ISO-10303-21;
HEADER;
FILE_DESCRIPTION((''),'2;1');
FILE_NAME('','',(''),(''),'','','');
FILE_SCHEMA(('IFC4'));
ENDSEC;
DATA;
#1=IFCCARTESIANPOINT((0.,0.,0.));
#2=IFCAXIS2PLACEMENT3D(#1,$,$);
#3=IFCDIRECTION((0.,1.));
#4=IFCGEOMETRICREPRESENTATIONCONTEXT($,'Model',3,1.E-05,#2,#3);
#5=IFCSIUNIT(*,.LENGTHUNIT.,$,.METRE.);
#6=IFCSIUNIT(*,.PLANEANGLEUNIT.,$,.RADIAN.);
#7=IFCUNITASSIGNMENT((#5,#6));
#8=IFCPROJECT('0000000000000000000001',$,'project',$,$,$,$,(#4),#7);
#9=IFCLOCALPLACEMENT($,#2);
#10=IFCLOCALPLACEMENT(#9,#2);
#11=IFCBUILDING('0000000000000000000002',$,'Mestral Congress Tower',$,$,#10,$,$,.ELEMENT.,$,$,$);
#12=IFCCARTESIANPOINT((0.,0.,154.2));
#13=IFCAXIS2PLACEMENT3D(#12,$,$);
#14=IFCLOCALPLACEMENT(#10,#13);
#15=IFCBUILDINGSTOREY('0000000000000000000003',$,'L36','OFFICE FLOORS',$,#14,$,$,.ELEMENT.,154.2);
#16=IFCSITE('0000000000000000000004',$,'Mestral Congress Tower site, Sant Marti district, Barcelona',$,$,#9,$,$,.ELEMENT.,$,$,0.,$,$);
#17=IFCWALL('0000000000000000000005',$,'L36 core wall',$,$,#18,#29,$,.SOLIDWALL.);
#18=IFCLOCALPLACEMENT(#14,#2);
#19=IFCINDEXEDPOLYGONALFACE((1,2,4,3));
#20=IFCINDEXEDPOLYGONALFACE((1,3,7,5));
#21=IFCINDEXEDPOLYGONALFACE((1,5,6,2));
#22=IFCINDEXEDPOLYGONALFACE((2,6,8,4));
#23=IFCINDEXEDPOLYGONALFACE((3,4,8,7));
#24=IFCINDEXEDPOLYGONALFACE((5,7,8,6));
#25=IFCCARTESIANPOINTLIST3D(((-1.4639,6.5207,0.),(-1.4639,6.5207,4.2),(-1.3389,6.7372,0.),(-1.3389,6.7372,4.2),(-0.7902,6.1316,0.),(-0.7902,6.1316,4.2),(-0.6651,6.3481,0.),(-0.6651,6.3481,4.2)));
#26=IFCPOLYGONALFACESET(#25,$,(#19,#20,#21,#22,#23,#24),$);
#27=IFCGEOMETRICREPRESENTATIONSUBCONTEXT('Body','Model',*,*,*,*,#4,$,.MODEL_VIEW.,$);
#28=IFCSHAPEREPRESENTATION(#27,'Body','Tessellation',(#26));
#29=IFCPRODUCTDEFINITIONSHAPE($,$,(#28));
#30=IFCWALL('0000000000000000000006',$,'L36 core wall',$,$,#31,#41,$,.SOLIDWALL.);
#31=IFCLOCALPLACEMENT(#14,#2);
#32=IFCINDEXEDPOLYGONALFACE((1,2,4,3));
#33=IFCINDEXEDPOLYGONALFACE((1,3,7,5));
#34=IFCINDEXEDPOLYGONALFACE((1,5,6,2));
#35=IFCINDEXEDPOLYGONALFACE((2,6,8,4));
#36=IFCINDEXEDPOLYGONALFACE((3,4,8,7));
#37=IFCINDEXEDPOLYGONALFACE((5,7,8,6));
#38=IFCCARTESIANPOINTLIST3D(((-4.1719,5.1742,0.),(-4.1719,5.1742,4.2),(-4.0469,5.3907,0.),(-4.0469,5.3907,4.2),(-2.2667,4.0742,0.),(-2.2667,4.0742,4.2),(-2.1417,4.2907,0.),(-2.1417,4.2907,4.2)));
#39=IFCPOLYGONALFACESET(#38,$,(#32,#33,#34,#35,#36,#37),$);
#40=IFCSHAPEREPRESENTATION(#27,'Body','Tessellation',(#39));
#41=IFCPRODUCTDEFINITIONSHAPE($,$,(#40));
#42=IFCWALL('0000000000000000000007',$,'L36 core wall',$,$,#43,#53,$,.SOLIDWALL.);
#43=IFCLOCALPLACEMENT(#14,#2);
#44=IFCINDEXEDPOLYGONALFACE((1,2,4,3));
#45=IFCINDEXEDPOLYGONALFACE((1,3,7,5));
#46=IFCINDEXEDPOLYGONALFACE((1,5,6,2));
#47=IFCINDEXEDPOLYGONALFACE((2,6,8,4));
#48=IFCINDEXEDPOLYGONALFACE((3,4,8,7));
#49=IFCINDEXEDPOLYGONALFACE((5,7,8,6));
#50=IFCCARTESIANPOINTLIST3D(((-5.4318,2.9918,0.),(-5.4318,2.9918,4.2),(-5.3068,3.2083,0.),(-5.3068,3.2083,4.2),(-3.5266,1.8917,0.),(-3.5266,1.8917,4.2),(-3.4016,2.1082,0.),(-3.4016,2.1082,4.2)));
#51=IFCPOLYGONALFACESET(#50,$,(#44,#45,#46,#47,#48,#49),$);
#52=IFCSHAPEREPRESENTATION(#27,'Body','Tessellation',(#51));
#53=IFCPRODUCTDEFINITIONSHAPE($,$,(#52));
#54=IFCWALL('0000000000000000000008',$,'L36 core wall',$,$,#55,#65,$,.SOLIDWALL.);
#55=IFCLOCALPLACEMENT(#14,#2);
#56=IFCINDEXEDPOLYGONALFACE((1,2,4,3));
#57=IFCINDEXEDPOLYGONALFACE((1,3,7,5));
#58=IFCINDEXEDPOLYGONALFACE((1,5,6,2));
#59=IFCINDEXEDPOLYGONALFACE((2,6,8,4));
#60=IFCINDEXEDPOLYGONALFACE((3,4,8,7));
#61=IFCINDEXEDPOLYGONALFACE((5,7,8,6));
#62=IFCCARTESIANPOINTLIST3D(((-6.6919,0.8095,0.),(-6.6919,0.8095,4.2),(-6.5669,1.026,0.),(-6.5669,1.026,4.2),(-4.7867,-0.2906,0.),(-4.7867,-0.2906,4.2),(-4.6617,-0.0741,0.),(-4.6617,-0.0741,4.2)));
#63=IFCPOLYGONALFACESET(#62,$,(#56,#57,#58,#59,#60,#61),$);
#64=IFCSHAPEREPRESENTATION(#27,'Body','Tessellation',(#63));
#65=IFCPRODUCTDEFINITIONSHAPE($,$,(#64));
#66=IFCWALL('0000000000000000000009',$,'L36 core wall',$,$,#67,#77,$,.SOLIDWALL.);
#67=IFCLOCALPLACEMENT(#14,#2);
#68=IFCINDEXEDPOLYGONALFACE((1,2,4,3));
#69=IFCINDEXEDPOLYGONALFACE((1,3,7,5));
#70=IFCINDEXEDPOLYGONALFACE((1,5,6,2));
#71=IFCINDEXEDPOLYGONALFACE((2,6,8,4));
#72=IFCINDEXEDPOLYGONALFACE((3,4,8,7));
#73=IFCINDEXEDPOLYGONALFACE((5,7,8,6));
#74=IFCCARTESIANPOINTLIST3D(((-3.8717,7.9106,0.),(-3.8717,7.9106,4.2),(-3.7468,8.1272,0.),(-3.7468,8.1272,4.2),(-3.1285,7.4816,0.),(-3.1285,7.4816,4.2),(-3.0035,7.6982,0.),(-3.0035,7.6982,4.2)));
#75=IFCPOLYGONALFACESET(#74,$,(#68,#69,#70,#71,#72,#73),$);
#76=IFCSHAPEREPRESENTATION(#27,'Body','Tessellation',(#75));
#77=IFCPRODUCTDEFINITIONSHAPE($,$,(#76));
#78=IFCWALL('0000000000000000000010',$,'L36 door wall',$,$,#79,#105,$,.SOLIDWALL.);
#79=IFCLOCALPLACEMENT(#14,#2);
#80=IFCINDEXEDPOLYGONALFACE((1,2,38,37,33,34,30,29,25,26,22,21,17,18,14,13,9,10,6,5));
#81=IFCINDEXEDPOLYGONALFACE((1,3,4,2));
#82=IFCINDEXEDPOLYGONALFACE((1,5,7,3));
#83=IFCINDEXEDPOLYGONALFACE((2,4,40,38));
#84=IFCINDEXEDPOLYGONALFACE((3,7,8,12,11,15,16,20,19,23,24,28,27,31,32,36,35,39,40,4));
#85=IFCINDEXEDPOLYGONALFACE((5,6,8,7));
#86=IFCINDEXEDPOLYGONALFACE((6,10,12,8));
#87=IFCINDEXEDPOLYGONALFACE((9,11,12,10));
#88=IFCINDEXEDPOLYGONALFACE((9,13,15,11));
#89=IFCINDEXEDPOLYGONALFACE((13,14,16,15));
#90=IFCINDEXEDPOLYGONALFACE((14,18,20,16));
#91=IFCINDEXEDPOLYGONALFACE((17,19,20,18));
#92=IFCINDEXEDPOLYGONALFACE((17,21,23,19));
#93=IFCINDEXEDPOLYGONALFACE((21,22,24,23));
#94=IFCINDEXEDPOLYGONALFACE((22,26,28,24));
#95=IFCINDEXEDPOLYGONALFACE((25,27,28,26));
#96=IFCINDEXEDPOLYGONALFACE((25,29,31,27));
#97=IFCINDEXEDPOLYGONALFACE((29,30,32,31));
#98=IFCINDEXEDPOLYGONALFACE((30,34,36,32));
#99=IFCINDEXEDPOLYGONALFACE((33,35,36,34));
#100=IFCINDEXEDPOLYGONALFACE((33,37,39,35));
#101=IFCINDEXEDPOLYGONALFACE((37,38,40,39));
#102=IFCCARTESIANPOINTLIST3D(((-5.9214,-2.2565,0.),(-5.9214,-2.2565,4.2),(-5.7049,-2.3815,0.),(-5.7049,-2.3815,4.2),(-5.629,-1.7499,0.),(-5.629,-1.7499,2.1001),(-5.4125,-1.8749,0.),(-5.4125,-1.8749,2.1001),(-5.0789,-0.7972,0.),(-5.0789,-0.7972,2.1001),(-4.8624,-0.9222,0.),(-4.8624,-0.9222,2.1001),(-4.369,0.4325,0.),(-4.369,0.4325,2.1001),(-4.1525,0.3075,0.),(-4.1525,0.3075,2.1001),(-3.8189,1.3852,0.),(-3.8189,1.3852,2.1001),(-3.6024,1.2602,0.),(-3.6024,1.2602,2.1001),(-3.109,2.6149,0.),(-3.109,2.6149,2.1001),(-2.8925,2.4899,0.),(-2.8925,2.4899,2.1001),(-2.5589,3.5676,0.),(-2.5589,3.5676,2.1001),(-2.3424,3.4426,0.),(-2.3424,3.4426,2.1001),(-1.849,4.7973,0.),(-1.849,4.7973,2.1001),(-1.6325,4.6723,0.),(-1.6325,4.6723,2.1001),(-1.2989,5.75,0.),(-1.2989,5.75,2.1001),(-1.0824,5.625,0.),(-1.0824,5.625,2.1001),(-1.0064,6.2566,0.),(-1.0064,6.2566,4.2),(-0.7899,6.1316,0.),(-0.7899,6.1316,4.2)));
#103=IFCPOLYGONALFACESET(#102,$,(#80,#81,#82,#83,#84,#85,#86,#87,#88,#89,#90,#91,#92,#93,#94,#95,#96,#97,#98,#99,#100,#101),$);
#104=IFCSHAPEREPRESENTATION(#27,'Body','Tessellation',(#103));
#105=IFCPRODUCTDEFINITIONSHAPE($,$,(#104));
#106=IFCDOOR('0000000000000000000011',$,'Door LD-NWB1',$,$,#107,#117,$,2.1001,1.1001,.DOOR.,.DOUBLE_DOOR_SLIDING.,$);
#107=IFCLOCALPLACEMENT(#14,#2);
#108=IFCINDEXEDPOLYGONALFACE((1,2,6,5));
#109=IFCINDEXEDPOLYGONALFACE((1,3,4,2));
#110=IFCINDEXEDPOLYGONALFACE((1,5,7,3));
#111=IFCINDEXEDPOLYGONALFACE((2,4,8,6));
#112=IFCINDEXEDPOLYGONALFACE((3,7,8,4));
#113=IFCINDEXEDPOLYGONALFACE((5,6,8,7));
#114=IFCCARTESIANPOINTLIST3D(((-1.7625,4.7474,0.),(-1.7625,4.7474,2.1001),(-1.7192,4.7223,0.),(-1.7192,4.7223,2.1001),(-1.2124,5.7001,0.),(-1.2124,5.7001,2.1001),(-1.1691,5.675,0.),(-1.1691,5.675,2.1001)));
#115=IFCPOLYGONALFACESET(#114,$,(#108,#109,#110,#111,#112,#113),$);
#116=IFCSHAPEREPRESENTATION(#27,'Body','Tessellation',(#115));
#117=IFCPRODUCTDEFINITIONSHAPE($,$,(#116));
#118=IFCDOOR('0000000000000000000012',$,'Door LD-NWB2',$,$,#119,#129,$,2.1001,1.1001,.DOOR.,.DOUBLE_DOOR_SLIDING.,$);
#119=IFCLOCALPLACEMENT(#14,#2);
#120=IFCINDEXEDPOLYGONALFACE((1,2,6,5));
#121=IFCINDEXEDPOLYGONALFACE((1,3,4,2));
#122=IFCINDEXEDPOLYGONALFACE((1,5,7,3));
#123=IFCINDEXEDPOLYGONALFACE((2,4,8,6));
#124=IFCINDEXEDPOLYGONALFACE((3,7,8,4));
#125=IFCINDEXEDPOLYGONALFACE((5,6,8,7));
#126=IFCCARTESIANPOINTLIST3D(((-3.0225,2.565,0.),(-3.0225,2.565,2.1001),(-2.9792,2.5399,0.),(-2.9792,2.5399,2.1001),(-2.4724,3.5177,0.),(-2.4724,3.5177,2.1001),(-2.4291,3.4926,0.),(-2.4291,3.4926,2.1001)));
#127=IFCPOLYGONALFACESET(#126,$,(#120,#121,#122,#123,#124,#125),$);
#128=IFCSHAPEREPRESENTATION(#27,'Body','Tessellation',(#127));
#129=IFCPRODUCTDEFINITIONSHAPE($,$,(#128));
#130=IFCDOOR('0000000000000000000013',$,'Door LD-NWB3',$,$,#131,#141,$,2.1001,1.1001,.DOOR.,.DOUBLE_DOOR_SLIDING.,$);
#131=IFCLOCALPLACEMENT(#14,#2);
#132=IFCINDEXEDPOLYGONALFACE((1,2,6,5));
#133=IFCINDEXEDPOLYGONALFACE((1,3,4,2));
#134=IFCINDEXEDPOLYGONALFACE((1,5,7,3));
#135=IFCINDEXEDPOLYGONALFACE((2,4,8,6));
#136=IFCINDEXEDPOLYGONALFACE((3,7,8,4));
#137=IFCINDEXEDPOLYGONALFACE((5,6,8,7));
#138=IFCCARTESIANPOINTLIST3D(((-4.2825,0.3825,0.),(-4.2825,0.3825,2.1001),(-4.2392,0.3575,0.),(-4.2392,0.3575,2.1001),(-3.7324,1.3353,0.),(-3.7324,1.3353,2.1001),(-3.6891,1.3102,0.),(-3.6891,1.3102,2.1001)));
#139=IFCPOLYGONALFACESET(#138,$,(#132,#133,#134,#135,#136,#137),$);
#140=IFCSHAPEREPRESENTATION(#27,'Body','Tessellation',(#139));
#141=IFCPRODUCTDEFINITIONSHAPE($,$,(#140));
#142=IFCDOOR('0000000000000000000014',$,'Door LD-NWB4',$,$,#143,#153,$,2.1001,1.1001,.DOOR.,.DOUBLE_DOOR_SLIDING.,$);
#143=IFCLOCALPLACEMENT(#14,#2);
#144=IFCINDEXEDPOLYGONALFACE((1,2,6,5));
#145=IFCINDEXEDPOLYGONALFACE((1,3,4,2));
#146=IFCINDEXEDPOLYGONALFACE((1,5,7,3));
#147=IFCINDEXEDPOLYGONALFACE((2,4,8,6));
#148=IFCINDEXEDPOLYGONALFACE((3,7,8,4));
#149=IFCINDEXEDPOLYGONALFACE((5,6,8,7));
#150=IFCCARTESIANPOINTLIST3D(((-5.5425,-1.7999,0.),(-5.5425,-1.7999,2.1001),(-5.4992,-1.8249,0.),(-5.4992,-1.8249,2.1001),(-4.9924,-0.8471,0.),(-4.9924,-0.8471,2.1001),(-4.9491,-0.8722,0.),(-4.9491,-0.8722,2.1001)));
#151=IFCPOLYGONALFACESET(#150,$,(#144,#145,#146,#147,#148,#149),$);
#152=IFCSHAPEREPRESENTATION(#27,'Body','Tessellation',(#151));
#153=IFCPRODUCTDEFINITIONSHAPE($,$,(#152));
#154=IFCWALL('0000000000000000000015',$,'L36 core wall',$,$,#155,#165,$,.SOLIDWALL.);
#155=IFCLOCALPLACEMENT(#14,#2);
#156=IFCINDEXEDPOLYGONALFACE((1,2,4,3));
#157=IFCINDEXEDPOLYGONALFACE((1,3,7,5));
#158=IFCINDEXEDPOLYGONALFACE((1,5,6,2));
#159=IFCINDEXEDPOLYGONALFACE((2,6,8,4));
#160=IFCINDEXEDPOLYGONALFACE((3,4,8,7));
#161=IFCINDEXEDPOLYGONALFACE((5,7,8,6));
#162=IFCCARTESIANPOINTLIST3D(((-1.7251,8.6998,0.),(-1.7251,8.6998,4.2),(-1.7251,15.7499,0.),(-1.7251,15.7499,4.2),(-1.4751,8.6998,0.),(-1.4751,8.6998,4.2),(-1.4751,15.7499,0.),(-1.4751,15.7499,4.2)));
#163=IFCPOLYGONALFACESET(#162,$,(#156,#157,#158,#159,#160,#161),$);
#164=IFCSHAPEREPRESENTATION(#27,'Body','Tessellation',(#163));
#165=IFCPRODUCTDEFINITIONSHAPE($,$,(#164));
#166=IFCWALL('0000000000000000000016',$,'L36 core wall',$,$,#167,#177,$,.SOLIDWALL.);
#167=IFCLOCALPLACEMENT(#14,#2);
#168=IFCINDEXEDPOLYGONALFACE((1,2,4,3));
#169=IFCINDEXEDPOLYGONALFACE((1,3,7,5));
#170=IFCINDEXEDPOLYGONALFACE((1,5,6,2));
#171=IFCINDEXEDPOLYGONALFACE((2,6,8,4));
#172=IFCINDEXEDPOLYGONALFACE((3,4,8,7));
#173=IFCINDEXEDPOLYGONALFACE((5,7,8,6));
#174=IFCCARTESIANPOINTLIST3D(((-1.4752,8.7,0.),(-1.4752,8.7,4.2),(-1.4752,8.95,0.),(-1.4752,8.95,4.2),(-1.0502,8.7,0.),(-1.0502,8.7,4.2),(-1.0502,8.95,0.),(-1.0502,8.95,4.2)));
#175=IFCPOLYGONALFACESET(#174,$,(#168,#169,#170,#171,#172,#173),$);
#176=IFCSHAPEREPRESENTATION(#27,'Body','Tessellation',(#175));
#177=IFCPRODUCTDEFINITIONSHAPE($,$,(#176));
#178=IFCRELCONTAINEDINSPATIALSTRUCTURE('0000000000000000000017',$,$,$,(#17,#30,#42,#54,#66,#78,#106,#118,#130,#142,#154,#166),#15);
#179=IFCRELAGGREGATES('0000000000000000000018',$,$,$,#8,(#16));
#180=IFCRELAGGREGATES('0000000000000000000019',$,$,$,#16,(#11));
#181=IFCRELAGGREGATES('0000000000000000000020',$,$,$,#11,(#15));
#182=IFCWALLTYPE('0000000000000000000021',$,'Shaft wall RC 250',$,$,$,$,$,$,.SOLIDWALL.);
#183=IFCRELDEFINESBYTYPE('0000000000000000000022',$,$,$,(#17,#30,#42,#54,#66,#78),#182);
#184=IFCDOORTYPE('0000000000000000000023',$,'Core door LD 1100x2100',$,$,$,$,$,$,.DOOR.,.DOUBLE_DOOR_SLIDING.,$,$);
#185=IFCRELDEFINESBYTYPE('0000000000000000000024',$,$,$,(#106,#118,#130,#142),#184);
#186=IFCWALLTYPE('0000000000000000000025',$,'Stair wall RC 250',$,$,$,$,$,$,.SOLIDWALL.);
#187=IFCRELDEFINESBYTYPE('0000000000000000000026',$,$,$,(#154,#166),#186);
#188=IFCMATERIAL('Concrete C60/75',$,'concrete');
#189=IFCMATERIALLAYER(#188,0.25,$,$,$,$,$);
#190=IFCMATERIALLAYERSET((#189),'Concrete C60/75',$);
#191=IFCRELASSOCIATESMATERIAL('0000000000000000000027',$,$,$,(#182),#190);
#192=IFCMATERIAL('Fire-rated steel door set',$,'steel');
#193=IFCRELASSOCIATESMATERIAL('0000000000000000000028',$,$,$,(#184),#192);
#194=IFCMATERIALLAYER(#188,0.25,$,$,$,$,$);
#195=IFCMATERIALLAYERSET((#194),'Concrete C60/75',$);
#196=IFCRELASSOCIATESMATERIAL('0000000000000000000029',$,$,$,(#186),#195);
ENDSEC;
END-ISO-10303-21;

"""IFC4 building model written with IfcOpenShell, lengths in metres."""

from ifc_helpers import new_model, si_unit, direction, frame, frame_2d, origin, place, context, subcontext, project, spatial, rectangle, extrude, material, layer, layer_set, type_object, element, fill, save


model = new_model("IFC4")

# Units and contexts
model_context = context("Model", 3, precision=1e-05, world=origin(), true_north=direction((0.0, 1.0)))
body_context = subcontext(model_context, "Body", "Model", "MODEL_VIEW")
ifc_project = project(units=[si_unit("LENGTHUNIT", "METRE"), si_unit("PLANEANGLEUNIT", "RADIAN")], contexts=[model_context])

# Site, building, storey
site_placement = place(None, origin())
site = spatial("IfcSite", under=ifc_project, at=site_placement, Name="Mestral Congress Tower site, Sant Marti district, Barcelona", CompositionType="ELEMENT", RefElevation=0.0)
building_placement = place(site_placement, origin())
building = spatial("IfcBuilding", under=site, at=building_placement, Name="Mestral Congress Tower", CompositionType="ELEMENT")
storey_placement = place(building_placement, frame((0.0, 0.0, 154.2)))
storey = spatial("IfcBuildingStorey", under=building, at=storey_placement, Name="L36", Description="OFFICE FLOORS", CompositionType="ELEMENT", Elevation=154.2)

# Shared definitions
ifc_material_1 = material(Name="Concrete C60/75", Category="concrete")

# Shared definitions
ifc_material_2 = material(Name="Fire-rated steel door set", Category="steel")

# Walls
ifc_layer_1 = layer(ifc_material_1, 0.25)
ifc_layer_set_1 = layer_set([ifc_layer_1], Name="Concrete C60/75")
wall_type_1 = type_object("IfcWallType", Name="Shaft wall RC 250", PredefinedType="SOLIDWALL", material=ifc_layer_set_1)
wall_1_placement = place(storey_placement, frame((-0.7275, 6.2397, 0.0), z_axis=(0.0, 0.0, 1.0), x_axis=(-0.865956, 0.500121, 0.0)))
element("IfcWall", 1, at=wall_1_placement, inside=storey, type_object=wall_type_1, Name="L36 core wall", PredefinedType="SOLIDWALL", context=body_context, shape_type="SweptSolid", body=[
    extrude(rectangle(XDim=0.7781, YDim=0.25, at=frame_2d((0.3892, 0.0))), origin(), (0.0, 0.0, 1.0), 4.2),
])
for number, where, z_axis, x_axis, name in (
    (2, (-2.2041, 4.1824, 0.0), (0.0, 0.0, 1.0), (-0.866008, 0.50003, 0.0), "L36 core wall"),
    (3, (-5.3694, 3.1001, 0.0), (0.0, 0.0, 1.0), (0.866008, -0.50003, 0.0), "L36 core wall"),
    (4, (-4.7241, -0.1824, 0.0), (0.0, 0.0, 1.0), (-0.866008, 0.50003, 0.0), "L36 core wall"),
):
    element("IfcWall", number, at=place(storey_placement, frame(where, z_axis=z_axis, x_axis=x_axis)), inside=storey, type_object=wall_type_1, Name=name, PredefinedType="SOLIDWALL", context=body_context, shape_type="SweptSolid", body=[
        extrude(rectangle(XDim=2.2, YDim=0.25, at=frame_2d((1.1001, 0.0))), origin(), (0.0, 0.0, 1.0), 4.2),
    ])
wall_2_placement = place(storey_placement, frame((-3.0659, 7.5898, 0.0), z_axis=(0.0, 0.0, 1.0), x_axis=(-0.866081, 0.499903, 0.0)))
element("IfcWall", 5, at=wall_2_placement, inside=storey, type_object=wall_type_1, Name="L36 core wall", PredefinedType="SOLIDWALL", context=body_context, shape_type="SweptSolid", body=[
    extrude(rectangle(XDim=0.8582, YDim=0.25, at=frame_2d((0.4292, 0.0))), origin(), (0.0, 0.0, 1.0), 4.2),
])

# Wall, openings, doors
wall_3_placement = place(storey_placement, frame((-0.8982, 6.1941, 0.0), z_axis=(0.0, 0.0, 1.0), x_axis=(-0.499996, -0.866028, 0.0)))
wall_3 = element("IfcWall", 6, at=wall_3_placement, inside=storey, type_object=wall_type_1, Name="L36 door wall", PredefinedType="SOLIDWALL", context=body_context, shape_type="SweptSolid", body=[
    extrude(rectangle(XDim=9.8301, YDim=0.25, at=frame_2d((4.915, 0.0))), origin(), (0.0, 0.0, 1.0), 4.2),
])
opening_1_placement = place(wall_3_placement, frame((0.585, 0.0, 0.0)))
opening_1 = element("IfcOpeningElement", 7, at=opening_1_placement, cuts=wall_3, PredefinedType="OPENING", context=body_context, shape_type="SweptSolid", body=[
    extrude(rectangle(XDim=1.1001, YDim=2.1001, at=frame_2d((0.55, 1.05))), frame((0.0, 0.135, 0.0), z_axis=(0.0, -1.0, 0.0), x_axis=(1.0, 0.0, 0.0)), (0.0, 0.0, 1.0), 0.27),
])
opening_2_placement = place(wall_3_placement, frame((3.105, 0.0, 0.0)))
opening_2 = element("IfcOpeningElement", 8, at=opening_2_placement, cuts=wall_3, PredefinedType="OPENING", context=body_context, shape_type="SweptSolid", body=[
    extrude(rectangle(XDim=1.1001, YDim=2.1001, at=frame_2d((0.55, 1.05))), frame((0.0, 0.135, 0.0), z_axis=(0.0, -1.0, 0.0), x_axis=(1.0, 0.0, 0.0)), (0.0, 0.0, 1.0), 0.27),
])
opening_3_placement = place(wall_3_placement, frame((5.625, 0.0, 0.0)))
opening_3 = element("IfcOpeningElement", 9, at=opening_3_placement, cuts=wall_3, PredefinedType="OPENING", context=body_context, shape_type="SweptSolid", body=[
    extrude(rectangle(XDim=1.1001, YDim=2.1001, at=frame_2d((0.55, 1.05))), frame((0.0, 0.135, 0.0), z_axis=(0.0, -1.0, 0.0), x_axis=(1.0, 0.0, 0.0)), (0.0, 0.0, 1.0), 0.27),
])
opening_4_placement = place(wall_3_placement, frame((8.145, 0.0, 0.0)))
opening_4 = element("IfcOpeningElement", 10, at=opening_4_placement, cuts=wall_3, PredefinedType="OPENING", context=body_context, shape_type="SweptSolid", body=[
    extrude(rectangle(XDim=1.1001, YDim=2.1001, at=frame_2d((0.55, 1.05))), frame((0.0, 0.135, 0.0), z_axis=(0.0, -1.0, 0.0), x_axis=(1.0, 0.0, 0.0)), (0.0, 0.0, 1.0), 0.27),
])
door_type_1 = type_object("IfcDoorType", Name="Core door LD 1100x2100", OperationType="DOUBLE_DOOR_SLIDING", PredefinedType="DOOR", material=ifc_material_2)
door_1_placement = place(opening_1_placement, origin())
door_1 = element("IfcDoor", 11, at=door_1_placement, inside=storey, type_object=door_type_1, Name="Door LD-NWB1", OperationType="DOUBLE_DOOR_SLIDING", OverallHeight=2.1001, OverallWidth=1.1001, PredefinedType="DOOR", context=body_context, shape_type="SweptSolid", body=[
    extrude(rectangle(XDim=1.1001, YDim=2.1001, at=frame_2d((0.55, 1.05))), frame((0.0, 0.0249, 0.0), z_axis=(0.0, -1.0, 0.0), x_axis=(1.0, 0.0, 0.0)), (0.0, 0.0, 1.0), 0.05),
])
fill(opening_1, door_1)
door_2_placement = place(opening_2_placement, origin())
door_2 = element("IfcDoor", 12, at=door_2_placement, inside=storey, type_object=door_type_1, Name="Door LD-NWB2", OperationType="DOUBLE_DOOR_SLIDING", OverallHeight=2.1001, OverallWidth=1.1001, PredefinedType="DOOR", context=body_context, shape_type="SweptSolid", body=[
    extrude(rectangle(XDim=1.1001, YDim=2.1001, at=frame_2d((0.55, 1.05))), frame((0.0, 0.0249, 0.0), z_axis=(0.0, -1.0, 0.0), x_axis=(1.0, 0.0, 0.0)), (0.0, 0.0, 1.0), 0.05),
])
fill(opening_2, door_2)
door_3_placement = place(opening_3_placement, origin())
door_3 = element("IfcDoor", 13, at=door_3_placement, inside=storey, type_object=door_type_1, Name="Door LD-NWB3", OperationType="DOUBLE_DOOR_SLIDING", OverallHeight=2.1001, OverallWidth=1.1001, PredefinedType="DOOR", context=body_context, shape_type="SweptSolid", body=[
    extrude(rectangle(XDim=1.1001, YDim=2.1001, at=frame_2d((0.55, 1.05))), frame((0.0, 0.0249, 0.0), z_axis=(0.0, -1.0, 0.0), x_axis=(1.0, 0.0, 0.0)), (0.0, 0.0, 1.0), 0.05),
])
fill(opening_3, door_3)
door_4_placement = place(opening_4_placement, origin())
door_4 = element("IfcDoor", 14, at=door_4_placement, inside=storey, type_object=door_type_1, Name="Door LD-NWB4", OperationType="DOUBLE_DOOR_SLIDING", OverallHeight=2.1001, OverallWidth=1.1001, PredefinedType="DOOR", context=body_context, shape_type="SweptSolid", body=[
    extrude(rectangle(XDim=1.1001, YDim=2.1001, at=frame_2d((0.55, 1.05))), frame((0.0, 0.0249, 0.0), z_axis=(0.0, -1.0, 0.0), x_axis=(1.0, 0.0, 0.0)), (0.0, 0.0, 1.0), 0.05),
])
fill(opening_4, door_4)

# Walls
ifc_layer_2 = layer(ifc_material_1, 0.25)
ifc_layer_set_2 = layer_set([ifc_layer_2], Name="Concrete C60/75")
wall_type_2 = type_object("IfcWallType", Name="Stair wall RC 250", PredefinedType="SOLIDWALL", material=ifc_layer_set_2)
wall_4_placement = place(storey_placement, frame((-1.6001, 8.7, 0.0), z_axis=(0.0, 0.0, 1.0), x_axis=(0.0, 1.0, 0.0)))
element("IfcWall", 15, at=wall_4_placement, inside=storey, type_object=wall_type_2, Name="L36 core wall", PredefinedType="SOLIDWALL", context=body_context, shape_type="SweptSolid", body=[
    extrude(rectangle(XDim=7.05, YDim=0.25, at=frame_2d((3.5249, 0.0))), origin(), (0.0, 0.0, 1.0), 4.2),
])
wall_5_placement = place(storey_placement, frame((-1.4751, 8.825, 0.0), z_axis=(0.0, 0.0, 1.0), x_axis=(1.0, 0.0, 0.0)))
element("IfcWall", 16, at=wall_5_placement, inside=storey, type_object=wall_type_2, Name="L36 core wall", PredefinedType="SOLIDWALL", context=body_context, shape_type="SweptSolid", body=[
    extrude(rectangle(XDim=0.425, YDim=0.25, at=frame_2d((0.2124, 0.0))), origin(), (0.0, 0.0, 1.0), 4.2),
])

save(model, "model.ifc")
